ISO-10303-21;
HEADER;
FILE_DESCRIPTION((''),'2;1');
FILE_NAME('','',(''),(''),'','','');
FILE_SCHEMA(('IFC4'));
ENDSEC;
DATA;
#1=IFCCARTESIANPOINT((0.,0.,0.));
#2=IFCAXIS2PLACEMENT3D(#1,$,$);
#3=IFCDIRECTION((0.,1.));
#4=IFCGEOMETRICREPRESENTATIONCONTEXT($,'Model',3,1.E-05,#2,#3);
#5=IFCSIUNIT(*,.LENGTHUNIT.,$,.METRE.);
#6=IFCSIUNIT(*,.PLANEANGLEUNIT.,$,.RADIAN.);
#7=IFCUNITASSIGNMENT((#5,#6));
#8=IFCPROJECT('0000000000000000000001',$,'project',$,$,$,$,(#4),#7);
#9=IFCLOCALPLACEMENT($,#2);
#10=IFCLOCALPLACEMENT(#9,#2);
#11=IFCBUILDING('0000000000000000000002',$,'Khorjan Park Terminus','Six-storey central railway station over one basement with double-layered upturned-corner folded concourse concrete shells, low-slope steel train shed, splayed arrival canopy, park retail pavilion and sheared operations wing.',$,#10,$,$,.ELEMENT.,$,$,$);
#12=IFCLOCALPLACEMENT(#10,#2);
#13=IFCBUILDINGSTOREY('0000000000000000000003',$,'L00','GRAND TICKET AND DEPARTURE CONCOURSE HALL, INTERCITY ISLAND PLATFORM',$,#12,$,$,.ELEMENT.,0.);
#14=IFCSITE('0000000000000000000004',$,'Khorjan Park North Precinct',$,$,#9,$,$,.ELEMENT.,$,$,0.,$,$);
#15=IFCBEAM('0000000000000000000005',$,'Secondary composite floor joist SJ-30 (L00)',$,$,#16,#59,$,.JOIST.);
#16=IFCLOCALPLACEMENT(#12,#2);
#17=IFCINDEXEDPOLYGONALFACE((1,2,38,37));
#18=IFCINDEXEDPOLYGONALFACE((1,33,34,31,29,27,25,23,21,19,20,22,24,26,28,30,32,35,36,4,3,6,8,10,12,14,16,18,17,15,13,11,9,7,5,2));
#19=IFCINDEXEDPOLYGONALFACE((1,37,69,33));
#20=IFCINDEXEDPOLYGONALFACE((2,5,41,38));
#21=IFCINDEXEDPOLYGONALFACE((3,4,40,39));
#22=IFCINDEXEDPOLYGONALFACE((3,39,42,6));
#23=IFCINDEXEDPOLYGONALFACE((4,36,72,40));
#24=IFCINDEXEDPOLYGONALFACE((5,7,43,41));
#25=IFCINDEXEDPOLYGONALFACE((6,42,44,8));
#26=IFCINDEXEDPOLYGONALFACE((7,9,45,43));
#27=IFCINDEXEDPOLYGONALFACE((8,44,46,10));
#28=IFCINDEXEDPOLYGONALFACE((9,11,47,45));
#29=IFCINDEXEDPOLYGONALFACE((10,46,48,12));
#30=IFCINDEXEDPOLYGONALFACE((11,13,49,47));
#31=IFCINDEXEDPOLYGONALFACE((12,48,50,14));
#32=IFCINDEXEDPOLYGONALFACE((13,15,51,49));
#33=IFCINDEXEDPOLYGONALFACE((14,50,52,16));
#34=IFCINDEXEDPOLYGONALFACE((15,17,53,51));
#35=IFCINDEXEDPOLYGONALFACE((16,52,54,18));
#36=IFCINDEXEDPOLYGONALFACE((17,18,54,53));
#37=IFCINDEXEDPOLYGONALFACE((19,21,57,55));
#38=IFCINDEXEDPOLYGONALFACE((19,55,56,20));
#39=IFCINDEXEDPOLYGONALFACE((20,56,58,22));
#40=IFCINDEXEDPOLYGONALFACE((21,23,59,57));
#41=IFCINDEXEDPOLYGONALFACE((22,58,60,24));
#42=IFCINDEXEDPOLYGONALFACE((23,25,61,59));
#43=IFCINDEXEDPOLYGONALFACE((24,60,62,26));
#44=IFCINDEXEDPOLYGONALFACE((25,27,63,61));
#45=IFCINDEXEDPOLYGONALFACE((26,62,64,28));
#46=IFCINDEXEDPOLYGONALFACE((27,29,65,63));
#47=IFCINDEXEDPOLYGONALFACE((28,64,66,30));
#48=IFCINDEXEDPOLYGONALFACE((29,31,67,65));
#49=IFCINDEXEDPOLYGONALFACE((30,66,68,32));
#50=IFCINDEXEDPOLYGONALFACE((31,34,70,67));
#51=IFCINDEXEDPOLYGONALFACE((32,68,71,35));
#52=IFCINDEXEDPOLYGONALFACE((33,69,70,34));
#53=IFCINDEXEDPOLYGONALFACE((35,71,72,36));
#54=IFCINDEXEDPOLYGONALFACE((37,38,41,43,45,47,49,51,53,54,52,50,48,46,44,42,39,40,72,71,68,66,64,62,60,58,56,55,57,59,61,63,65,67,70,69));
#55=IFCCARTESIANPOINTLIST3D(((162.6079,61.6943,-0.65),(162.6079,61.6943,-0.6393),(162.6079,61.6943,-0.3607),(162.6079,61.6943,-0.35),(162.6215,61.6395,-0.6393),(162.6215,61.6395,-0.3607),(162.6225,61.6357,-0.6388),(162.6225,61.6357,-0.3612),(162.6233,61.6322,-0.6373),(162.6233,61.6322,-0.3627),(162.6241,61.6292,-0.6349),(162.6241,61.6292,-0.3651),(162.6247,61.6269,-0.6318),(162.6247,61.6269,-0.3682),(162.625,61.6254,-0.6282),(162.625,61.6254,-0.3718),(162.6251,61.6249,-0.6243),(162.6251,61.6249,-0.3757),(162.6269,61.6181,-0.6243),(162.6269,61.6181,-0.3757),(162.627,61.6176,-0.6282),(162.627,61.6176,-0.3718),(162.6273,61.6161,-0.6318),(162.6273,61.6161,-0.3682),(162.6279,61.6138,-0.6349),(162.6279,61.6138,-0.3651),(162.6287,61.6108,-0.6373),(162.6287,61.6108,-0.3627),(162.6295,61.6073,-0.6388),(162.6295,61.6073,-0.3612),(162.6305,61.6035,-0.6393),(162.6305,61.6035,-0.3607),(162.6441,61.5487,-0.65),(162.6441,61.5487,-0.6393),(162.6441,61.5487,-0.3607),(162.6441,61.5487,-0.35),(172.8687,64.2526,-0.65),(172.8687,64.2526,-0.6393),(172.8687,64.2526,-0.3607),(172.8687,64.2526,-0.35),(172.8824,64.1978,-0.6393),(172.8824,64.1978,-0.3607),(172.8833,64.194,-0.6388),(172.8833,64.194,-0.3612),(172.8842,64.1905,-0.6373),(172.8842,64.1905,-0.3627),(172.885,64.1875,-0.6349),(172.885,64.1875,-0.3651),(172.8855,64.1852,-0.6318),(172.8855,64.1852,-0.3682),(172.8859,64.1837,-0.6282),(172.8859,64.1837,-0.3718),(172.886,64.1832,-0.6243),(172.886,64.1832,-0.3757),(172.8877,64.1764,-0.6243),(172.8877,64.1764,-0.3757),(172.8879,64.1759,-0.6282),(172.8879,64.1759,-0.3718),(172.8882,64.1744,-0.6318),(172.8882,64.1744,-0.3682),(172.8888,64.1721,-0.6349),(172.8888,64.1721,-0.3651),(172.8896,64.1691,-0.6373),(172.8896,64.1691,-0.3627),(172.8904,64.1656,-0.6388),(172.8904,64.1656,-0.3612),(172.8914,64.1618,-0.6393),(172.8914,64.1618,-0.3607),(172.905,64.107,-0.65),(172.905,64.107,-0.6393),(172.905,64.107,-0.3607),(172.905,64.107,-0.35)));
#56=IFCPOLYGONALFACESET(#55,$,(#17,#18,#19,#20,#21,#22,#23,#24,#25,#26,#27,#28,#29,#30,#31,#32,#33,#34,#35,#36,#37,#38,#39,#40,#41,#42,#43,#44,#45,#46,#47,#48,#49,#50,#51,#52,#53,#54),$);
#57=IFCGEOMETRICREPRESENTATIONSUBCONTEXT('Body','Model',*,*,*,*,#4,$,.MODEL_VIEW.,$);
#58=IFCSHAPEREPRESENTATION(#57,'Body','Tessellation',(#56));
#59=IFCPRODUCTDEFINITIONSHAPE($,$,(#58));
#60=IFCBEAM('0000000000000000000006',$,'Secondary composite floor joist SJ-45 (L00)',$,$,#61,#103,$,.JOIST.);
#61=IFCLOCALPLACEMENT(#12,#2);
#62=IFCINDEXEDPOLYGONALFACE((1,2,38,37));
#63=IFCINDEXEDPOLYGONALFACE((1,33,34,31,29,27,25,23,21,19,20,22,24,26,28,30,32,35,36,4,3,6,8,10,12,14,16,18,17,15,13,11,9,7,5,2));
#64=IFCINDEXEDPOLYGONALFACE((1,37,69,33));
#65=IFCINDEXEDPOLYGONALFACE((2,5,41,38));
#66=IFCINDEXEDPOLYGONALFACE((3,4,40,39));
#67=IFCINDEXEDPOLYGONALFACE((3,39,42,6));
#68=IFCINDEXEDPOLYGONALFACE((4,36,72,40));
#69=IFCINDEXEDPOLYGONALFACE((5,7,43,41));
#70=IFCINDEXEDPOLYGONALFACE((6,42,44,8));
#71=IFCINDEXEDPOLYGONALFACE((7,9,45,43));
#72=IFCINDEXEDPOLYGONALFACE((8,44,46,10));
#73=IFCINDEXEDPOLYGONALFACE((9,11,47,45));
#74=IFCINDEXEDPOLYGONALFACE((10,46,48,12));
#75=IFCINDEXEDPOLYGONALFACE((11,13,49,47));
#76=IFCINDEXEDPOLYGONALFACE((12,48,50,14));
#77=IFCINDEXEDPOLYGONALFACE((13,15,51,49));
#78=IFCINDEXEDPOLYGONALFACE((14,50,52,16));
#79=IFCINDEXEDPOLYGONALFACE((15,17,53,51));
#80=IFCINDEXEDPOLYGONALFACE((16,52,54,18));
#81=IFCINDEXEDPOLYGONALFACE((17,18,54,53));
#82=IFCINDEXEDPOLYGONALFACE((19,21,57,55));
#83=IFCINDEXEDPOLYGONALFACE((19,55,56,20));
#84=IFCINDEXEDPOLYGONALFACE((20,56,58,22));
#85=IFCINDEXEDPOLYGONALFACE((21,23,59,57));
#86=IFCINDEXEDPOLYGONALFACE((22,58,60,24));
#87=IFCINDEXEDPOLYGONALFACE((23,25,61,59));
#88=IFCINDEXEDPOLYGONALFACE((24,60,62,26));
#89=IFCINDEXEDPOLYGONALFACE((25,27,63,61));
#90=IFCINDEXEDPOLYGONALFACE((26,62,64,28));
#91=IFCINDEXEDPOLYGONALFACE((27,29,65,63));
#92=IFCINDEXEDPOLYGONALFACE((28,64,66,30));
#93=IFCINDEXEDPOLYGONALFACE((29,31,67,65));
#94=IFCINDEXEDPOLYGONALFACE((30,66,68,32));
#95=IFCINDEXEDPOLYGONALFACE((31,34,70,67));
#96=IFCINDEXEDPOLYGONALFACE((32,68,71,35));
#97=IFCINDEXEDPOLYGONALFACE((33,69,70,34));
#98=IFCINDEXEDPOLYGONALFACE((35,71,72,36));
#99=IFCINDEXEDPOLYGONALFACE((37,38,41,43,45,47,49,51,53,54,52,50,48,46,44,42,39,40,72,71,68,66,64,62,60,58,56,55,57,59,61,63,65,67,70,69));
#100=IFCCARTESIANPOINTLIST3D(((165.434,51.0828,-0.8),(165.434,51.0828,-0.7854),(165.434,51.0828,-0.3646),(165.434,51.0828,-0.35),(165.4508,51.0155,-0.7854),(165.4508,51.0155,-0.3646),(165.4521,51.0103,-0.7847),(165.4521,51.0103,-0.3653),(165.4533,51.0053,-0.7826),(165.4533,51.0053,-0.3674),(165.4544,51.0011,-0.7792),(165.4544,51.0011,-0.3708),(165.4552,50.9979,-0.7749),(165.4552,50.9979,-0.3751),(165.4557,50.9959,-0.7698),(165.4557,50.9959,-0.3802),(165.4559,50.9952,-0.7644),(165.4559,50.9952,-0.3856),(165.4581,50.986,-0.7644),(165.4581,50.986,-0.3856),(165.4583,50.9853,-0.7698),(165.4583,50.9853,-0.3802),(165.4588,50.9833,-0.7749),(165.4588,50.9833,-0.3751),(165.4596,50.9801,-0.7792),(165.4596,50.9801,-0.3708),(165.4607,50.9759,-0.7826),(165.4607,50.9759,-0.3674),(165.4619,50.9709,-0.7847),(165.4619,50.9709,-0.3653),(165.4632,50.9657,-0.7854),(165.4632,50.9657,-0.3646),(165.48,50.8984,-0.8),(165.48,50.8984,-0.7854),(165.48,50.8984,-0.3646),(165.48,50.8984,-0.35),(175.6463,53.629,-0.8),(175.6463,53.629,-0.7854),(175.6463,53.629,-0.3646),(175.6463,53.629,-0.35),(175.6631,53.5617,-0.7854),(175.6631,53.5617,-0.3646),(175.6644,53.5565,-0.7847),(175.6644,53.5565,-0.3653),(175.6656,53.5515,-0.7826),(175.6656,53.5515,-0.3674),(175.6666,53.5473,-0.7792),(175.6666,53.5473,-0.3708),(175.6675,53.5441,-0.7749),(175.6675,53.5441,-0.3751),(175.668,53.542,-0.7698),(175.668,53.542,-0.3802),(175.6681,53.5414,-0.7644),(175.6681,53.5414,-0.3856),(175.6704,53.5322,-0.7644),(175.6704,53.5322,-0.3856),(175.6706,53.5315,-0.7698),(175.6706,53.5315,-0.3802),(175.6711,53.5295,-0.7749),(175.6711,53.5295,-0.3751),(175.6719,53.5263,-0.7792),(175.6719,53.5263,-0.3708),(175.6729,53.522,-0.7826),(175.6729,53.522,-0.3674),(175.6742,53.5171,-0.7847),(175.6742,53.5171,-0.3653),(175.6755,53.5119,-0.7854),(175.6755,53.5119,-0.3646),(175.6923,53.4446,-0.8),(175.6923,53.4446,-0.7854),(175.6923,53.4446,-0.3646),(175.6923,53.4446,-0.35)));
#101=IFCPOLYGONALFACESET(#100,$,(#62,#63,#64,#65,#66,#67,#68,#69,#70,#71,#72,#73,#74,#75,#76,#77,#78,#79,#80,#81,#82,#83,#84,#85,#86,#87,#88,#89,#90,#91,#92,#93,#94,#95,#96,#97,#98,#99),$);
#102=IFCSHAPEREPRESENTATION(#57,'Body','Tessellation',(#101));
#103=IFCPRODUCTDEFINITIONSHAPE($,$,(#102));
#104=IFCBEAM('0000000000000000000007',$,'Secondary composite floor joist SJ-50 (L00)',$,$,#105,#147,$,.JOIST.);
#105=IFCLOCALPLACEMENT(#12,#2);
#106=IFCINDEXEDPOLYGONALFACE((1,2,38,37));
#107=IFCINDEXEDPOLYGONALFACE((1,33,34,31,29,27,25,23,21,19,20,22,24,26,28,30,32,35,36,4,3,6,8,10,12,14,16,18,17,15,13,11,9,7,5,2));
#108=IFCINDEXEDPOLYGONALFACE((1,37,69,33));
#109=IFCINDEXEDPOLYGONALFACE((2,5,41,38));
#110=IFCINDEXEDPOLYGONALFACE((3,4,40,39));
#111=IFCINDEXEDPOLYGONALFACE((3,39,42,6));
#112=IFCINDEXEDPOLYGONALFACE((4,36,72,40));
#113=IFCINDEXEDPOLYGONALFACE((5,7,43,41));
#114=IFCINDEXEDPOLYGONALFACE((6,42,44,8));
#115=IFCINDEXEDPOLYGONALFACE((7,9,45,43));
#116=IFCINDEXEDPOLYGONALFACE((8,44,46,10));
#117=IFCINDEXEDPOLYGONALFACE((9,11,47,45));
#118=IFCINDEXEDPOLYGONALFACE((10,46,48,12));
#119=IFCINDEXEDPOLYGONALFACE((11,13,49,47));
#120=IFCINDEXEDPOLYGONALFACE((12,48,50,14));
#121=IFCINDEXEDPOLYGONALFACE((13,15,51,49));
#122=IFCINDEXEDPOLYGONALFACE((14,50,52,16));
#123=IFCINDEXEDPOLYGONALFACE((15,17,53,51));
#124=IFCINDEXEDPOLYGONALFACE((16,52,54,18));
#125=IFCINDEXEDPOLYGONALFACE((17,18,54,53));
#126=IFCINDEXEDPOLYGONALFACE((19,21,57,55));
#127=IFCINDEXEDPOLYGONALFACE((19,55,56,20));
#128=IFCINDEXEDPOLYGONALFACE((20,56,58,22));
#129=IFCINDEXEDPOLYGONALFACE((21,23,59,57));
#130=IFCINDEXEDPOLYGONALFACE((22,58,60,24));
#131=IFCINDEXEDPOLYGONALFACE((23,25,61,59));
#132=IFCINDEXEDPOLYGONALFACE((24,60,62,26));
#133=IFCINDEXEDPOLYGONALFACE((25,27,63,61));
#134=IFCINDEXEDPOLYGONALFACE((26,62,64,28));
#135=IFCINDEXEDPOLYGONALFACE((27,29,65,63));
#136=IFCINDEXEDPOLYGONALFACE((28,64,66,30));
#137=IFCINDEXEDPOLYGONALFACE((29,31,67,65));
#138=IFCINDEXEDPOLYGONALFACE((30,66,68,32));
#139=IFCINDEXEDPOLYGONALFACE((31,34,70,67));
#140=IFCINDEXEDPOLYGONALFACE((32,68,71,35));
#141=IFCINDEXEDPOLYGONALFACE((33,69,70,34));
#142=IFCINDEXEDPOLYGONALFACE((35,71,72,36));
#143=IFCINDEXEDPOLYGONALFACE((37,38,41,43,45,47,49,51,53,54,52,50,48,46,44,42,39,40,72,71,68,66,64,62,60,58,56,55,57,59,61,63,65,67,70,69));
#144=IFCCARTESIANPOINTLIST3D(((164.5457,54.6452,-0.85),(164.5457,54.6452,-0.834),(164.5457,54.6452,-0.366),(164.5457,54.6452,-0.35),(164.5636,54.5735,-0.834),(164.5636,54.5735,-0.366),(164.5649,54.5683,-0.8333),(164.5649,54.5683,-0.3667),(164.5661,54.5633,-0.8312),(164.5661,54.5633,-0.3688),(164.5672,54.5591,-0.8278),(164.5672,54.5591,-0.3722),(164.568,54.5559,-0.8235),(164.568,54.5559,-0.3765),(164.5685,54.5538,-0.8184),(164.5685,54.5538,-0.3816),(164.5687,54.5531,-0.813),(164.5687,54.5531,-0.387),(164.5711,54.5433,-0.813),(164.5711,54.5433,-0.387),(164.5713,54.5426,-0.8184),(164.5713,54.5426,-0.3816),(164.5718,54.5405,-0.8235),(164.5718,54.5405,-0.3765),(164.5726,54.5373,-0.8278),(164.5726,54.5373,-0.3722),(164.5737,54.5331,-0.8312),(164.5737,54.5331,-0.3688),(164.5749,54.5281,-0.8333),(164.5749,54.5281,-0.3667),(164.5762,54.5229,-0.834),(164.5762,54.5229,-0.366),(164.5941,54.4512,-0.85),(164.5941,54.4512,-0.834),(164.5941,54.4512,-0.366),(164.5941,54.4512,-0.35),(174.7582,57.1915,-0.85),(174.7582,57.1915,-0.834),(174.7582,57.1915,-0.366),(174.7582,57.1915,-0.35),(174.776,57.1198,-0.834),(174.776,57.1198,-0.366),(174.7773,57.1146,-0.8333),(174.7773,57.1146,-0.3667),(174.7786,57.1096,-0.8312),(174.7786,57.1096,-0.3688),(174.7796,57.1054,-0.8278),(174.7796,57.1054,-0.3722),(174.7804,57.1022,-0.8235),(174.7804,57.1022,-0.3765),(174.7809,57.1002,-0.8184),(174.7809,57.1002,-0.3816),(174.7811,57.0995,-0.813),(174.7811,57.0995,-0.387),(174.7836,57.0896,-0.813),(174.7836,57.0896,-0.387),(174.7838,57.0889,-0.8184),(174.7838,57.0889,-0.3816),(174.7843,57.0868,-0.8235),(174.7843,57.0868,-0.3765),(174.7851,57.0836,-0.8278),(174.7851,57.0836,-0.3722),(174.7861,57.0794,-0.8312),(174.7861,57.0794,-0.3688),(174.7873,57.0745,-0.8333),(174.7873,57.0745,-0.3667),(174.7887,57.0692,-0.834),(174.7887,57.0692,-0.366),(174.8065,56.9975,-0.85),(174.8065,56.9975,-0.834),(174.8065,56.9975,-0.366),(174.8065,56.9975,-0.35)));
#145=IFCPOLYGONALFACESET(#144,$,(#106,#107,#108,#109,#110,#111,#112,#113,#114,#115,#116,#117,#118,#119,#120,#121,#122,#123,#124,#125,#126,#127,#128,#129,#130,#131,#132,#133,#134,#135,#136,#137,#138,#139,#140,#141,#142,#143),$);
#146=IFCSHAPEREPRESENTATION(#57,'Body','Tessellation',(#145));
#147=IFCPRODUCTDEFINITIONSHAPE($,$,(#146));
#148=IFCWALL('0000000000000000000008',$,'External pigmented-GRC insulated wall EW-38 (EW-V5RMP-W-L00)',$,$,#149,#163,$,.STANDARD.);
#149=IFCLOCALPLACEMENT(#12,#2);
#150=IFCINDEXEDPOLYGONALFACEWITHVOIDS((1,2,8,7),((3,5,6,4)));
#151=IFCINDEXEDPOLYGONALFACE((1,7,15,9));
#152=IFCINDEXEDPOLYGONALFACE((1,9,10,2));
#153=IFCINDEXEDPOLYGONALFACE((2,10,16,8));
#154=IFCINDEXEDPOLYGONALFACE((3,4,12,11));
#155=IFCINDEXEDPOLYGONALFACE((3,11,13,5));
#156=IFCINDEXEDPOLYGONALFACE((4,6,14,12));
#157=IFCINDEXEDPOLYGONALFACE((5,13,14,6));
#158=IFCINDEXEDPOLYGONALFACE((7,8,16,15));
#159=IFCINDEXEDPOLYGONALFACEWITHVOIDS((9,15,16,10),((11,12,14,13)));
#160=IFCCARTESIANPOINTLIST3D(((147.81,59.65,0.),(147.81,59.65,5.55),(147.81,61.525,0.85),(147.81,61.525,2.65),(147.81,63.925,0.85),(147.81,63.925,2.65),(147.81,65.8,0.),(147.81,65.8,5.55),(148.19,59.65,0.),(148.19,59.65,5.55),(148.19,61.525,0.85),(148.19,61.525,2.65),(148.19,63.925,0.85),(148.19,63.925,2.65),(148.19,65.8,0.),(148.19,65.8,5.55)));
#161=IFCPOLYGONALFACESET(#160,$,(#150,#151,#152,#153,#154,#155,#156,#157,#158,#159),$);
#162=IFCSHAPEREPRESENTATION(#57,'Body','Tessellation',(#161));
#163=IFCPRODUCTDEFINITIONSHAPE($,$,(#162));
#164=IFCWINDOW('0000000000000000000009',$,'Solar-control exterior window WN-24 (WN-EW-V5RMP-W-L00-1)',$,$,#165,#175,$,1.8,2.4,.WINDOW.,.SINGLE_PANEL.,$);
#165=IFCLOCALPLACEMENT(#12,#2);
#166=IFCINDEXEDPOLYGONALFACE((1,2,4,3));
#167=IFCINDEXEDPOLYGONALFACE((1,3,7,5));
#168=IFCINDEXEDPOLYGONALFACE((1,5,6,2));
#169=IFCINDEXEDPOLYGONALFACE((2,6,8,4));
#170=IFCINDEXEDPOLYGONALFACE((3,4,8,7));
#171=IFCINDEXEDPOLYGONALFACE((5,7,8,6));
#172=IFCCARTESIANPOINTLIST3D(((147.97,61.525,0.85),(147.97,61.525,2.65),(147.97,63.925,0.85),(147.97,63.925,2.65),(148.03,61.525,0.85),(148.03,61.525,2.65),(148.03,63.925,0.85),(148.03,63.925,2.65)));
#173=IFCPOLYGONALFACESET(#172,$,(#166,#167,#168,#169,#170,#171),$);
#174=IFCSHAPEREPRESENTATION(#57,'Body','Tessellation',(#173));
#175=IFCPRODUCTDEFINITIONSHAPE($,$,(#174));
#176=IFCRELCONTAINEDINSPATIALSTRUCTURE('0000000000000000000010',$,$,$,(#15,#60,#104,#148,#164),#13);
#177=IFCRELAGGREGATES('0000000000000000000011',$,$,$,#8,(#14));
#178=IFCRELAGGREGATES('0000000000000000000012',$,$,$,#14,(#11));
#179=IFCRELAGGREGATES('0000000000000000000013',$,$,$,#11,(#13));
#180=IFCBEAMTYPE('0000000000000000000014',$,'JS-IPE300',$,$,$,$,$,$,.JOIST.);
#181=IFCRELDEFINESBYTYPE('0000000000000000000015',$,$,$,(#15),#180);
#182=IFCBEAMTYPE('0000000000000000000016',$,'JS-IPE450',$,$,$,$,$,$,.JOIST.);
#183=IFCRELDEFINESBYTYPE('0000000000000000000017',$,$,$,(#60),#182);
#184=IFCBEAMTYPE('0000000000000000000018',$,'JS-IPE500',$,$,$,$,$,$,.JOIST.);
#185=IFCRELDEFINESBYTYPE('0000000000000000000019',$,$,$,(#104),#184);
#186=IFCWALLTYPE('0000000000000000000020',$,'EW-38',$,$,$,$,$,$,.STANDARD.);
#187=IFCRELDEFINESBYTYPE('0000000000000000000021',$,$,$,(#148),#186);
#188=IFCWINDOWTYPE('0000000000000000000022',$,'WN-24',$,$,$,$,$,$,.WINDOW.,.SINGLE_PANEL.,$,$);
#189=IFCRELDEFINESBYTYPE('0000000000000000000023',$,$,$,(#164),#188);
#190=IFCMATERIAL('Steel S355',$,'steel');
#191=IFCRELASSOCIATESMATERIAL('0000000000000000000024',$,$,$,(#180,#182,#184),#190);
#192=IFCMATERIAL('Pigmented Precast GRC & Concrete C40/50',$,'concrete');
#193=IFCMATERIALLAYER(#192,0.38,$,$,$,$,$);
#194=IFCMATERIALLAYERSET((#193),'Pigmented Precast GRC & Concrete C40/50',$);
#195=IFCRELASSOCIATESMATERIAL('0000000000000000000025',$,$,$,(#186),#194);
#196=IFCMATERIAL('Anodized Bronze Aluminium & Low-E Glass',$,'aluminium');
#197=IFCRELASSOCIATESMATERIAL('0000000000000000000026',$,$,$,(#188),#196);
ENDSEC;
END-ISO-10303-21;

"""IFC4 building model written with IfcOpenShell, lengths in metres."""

from ifc_helpers import new_model, si_unit, direction, frame, frame_2d, origin, origin_2d, place, context, subcontext, project, spatial, rectangle, i_section, extrude, material, layer, layer_set, material_profile, profile_set, type_object, element, fill, save


model = new_model("IFC4")

# Units and contexts
model_context = context("Model", 3, precision=1e-05, world=origin(), true_north=direction((0.0, 1.0)))
body_context = subcontext(model_context, "Body", "Model", "MODEL_VIEW")
ifc_project = project(units=[si_unit("LENGTHUNIT", "METRE"), si_unit("PLANEANGLEUNIT", "RADIAN")], contexts=[model_context])

# Site, building, storey
site_placement = place(None, origin())
site = spatial("IfcSite", under=ifc_project, at=site_placement, Name="Khorjan Park North Precinct", CompositionType="ELEMENT", RefElevation=0.0)
building_placement = place(site_placement, origin())
building = spatial("IfcBuilding", under=site, at=building_placement, Name="Khorjan Park Terminus", Description="Six-storey central railway station over one basement with double-layered upturned-corner folded concourse concrete shells, low-slope steel train shed, splayed arrival canopy, park retail pavilion and sheared operations wing.", CompositionType="ELEMENT")
storey_placement = place(building_placement, origin())
storey = spatial("IfcBuildingStorey", under=building, at=storey_placement, Name="L00", Description="GRAND TICKET AND DEPARTURE CONCOURSE HALL, INTERCITY ISLAND PLATFORM", CompositionType="ELEMENT", Elevation=0.0)

# Beams
ifc_material_1 = material(Name="Steel S355", Category="steel")
ifc_material_profile_1 = material_profile(ifc_material_1, i_section(OverallWidth=0.15, OverallDepth=0.3, WebThickness=0.0071, FlangeThickness=0.0107, FilletRadius=0.015, at=origin_2d()), Name="IPE 300")
ifc_profile_set_1 = profile_set([ifc_material_profile_1], Name="Steel S355")
beam_type_1 = type_object("IfcBeamType", Name="JS-IPE300", PredefinedType="JOIST", material=ifc_profile_set_1)
beam_1_placement = place(storey_placement, frame((162.626, 61.6215, -0.5), z_axis=(0.970296, 0.241919, 0.0), x_axis=(-0.241919, 0.970296, 0.0)))
element("IfcBeam", 1, at=beam_1_placement, inside=storey, type_object=beam_type_1, Name="Secondary composite floor joist SJ-30 (L00)", PredefinedType="JOIST", context=body_context, shape_type="SweptSolid", body=[
    extrude(i_section(OverallWidth=0.15, OverallDepth=0.3, WebThickness=0.0071, FlangeThickness=0.0107, FilletRadius=0.015, at=origin_2d()), origin(), (0.0, 0.0, 1.0), 10.575),
])
ifc_material_profile_2 = material_profile(ifc_material_1, i_section(OverallWidth=0.19, OverallDepth=0.45, WebThickness=0.0094, FlangeThickness=0.0146, FilletRadius=0.021, at=origin_2d()), Name="IPE 450")
ifc_profile_set_2 = profile_set([ifc_material_profile_2], Name="Steel S355")
beam_type_2 = type_object("IfcBeamType", Name="JS-IPE450", PredefinedType="JOIST", material=ifc_profile_set_2)
beam_2_placement = place(storey_placement, frame((165.457, 50.9906, -0.575), z_axis=(0.970296, 0.241921, 0.0), x_axis=(-0.241921, 0.970296, 0.0)))
element("IfcBeam", 2, at=beam_2_placement, inside=storey, type_object=beam_type_2, Name="Secondary composite floor joist SJ-45 (L00)", PredefinedType="JOIST", context=body_context, shape_type="SweptSolid", body=[
    extrude(i_section(OverallWidth=0.19, OverallDepth=0.45, WebThickness=0.0094, FlangeThickness=0.0146, FilletRadius=0.021, at=origin_2d()), origin(), (0.0, 0.0, 1.0), 10.5249),
])
ifc_material_profile_3 = material_profile(ifc_material_1, i_section(OverallWidth=0.2, OverallDepth=0.5, WebThickness=0.0102, FlangeThickness=0.016, FilletRadius=0.021, at=origin_2d()), Name="IPE 500")
ifc_profile_set_3 = profile_set([ifc_material_profile_3], Name="Steel S355")
beam_type_3 = type_object("IfcBeamType", Name="JS-IPE500", PredefinedType="JOIST", material=ifc_profile_set_3)
beam_3_placement = place(storey_placement, frame((164.5699, 54.5482, -0.6), z_axis=(0.970294, 0.241928, 0.0), x_axis=(-0.241928, 0.970294, 0.0)))
element("IfcBeam", 3, at=beam_3_placement, inside=storey, type_object=beam_type_3, Name="Secondary composite floor joist SJ-50 (L00)", PredefinedType="JOIST", context=body_context, shape_type="SweptSolid", body=[
    extrude(i_section(OverallWidth=0.2, OverallDepth=0.5, WebThickness=0.0102, FlangeThickness=0.016, FilletRadius=0.021, at=origin_2d()), origin(), (0.0, 0.0, 1.0), 10.5251),
])

# Wall, opening, window
ifc_material_2 = material(Name="Pigmented Precast GRC & Concrete C40/50", Category="concrete")
ifc_layer_1 = layer(ifc_material_2, 0.38)
ifc_layer_set_1 = layer_set([ifc_layer_1], Name="Pigmented Precast GRC & Concrete C40/50")
wall_type_1 = type_object("IfcWallType", Name="EW-38", PredefinedType="STANDARD", material=ifc_layer_set_1)
wall_1_placement = place(storey_placement, frame((148.0, 59.65, 0.0), z_axis=(0.0, 0.0, 1.0), x_axis=(0.0, 1.0, 0.0)))
wall_1 = element("IfcWall", 4, at=wall_1_placement, inside=storey, type_object=wall_type_1, Name="External pigmented-GRC insulated wall EW-38 (EW-V5RMP-W-L00)", PredefinedType="STANDARD", context=body_context, shape_type="SweptSolid", body=[
    extrude(rectangle(XDim=6.15, YDim=0.38, at=frame_2d((3.075, 0.0))), origin(), (0.0, 0.0, 1.0), 5.55),
])
opening_1_placement = place(wall_1_placement, frame((1.875, 0.0, 0.85)))
opening_1 = element("IfcOpeningElement", 5, at=opening_1_placement, cuts=wall_1, PredefinedType="OPENING", context=body_context, shape_type="SweptSolid", body=[
    extrude(rectangle(XDim=2.4, YDim=1.8, at=frame_2d((1.2, 0.9))), frame((0.0, 0.2, 0.0), z_axis=(0.0, -1.0, 0.0), x_axis=(1.0, 0.0, 0.0)), (0.0, 0.0, 1.0), 0.4),
])
ifc_material_3 = material(Name="Anodized Bronze Aluminium & Low-E Glass", Category="aluminium")
window_type = type_object("IfcWindowType", Name="WN-24", PartitioningType="SINGLE_PANEL", PredefinedType="WINDOW", material=ifc_material_3)
window_1_placement = place(opening_1_placement, origin())
window_1 = element("IfcWindow", 6, at=window_1_placement, inside=storey, type_object=window_type, Name="Solar-control exterior window WN-24 (WN-EW-V5RMP-W-L00-1)", OverallHeight=1.8, OverallWidth=2.4, PartitioningType="SINGLE_PANEL", PredefinedType="WINDOW", context=body_context, shape_type="SweptSolid", body=[
    extrude(rectangle(XDim=2.4, YDim=1.8, at=frame_2d((1.2, 0.9))), frame((0.0, 0.03, 0.0), z_axis=(0.0, -1.0, 0.0), x_axis=(1.0, 0.0, 0.0)), (0.0, 0.0, 1.0), 0.06),
])
fill(opening_1, window_1)

save(model, "model.ifc")
